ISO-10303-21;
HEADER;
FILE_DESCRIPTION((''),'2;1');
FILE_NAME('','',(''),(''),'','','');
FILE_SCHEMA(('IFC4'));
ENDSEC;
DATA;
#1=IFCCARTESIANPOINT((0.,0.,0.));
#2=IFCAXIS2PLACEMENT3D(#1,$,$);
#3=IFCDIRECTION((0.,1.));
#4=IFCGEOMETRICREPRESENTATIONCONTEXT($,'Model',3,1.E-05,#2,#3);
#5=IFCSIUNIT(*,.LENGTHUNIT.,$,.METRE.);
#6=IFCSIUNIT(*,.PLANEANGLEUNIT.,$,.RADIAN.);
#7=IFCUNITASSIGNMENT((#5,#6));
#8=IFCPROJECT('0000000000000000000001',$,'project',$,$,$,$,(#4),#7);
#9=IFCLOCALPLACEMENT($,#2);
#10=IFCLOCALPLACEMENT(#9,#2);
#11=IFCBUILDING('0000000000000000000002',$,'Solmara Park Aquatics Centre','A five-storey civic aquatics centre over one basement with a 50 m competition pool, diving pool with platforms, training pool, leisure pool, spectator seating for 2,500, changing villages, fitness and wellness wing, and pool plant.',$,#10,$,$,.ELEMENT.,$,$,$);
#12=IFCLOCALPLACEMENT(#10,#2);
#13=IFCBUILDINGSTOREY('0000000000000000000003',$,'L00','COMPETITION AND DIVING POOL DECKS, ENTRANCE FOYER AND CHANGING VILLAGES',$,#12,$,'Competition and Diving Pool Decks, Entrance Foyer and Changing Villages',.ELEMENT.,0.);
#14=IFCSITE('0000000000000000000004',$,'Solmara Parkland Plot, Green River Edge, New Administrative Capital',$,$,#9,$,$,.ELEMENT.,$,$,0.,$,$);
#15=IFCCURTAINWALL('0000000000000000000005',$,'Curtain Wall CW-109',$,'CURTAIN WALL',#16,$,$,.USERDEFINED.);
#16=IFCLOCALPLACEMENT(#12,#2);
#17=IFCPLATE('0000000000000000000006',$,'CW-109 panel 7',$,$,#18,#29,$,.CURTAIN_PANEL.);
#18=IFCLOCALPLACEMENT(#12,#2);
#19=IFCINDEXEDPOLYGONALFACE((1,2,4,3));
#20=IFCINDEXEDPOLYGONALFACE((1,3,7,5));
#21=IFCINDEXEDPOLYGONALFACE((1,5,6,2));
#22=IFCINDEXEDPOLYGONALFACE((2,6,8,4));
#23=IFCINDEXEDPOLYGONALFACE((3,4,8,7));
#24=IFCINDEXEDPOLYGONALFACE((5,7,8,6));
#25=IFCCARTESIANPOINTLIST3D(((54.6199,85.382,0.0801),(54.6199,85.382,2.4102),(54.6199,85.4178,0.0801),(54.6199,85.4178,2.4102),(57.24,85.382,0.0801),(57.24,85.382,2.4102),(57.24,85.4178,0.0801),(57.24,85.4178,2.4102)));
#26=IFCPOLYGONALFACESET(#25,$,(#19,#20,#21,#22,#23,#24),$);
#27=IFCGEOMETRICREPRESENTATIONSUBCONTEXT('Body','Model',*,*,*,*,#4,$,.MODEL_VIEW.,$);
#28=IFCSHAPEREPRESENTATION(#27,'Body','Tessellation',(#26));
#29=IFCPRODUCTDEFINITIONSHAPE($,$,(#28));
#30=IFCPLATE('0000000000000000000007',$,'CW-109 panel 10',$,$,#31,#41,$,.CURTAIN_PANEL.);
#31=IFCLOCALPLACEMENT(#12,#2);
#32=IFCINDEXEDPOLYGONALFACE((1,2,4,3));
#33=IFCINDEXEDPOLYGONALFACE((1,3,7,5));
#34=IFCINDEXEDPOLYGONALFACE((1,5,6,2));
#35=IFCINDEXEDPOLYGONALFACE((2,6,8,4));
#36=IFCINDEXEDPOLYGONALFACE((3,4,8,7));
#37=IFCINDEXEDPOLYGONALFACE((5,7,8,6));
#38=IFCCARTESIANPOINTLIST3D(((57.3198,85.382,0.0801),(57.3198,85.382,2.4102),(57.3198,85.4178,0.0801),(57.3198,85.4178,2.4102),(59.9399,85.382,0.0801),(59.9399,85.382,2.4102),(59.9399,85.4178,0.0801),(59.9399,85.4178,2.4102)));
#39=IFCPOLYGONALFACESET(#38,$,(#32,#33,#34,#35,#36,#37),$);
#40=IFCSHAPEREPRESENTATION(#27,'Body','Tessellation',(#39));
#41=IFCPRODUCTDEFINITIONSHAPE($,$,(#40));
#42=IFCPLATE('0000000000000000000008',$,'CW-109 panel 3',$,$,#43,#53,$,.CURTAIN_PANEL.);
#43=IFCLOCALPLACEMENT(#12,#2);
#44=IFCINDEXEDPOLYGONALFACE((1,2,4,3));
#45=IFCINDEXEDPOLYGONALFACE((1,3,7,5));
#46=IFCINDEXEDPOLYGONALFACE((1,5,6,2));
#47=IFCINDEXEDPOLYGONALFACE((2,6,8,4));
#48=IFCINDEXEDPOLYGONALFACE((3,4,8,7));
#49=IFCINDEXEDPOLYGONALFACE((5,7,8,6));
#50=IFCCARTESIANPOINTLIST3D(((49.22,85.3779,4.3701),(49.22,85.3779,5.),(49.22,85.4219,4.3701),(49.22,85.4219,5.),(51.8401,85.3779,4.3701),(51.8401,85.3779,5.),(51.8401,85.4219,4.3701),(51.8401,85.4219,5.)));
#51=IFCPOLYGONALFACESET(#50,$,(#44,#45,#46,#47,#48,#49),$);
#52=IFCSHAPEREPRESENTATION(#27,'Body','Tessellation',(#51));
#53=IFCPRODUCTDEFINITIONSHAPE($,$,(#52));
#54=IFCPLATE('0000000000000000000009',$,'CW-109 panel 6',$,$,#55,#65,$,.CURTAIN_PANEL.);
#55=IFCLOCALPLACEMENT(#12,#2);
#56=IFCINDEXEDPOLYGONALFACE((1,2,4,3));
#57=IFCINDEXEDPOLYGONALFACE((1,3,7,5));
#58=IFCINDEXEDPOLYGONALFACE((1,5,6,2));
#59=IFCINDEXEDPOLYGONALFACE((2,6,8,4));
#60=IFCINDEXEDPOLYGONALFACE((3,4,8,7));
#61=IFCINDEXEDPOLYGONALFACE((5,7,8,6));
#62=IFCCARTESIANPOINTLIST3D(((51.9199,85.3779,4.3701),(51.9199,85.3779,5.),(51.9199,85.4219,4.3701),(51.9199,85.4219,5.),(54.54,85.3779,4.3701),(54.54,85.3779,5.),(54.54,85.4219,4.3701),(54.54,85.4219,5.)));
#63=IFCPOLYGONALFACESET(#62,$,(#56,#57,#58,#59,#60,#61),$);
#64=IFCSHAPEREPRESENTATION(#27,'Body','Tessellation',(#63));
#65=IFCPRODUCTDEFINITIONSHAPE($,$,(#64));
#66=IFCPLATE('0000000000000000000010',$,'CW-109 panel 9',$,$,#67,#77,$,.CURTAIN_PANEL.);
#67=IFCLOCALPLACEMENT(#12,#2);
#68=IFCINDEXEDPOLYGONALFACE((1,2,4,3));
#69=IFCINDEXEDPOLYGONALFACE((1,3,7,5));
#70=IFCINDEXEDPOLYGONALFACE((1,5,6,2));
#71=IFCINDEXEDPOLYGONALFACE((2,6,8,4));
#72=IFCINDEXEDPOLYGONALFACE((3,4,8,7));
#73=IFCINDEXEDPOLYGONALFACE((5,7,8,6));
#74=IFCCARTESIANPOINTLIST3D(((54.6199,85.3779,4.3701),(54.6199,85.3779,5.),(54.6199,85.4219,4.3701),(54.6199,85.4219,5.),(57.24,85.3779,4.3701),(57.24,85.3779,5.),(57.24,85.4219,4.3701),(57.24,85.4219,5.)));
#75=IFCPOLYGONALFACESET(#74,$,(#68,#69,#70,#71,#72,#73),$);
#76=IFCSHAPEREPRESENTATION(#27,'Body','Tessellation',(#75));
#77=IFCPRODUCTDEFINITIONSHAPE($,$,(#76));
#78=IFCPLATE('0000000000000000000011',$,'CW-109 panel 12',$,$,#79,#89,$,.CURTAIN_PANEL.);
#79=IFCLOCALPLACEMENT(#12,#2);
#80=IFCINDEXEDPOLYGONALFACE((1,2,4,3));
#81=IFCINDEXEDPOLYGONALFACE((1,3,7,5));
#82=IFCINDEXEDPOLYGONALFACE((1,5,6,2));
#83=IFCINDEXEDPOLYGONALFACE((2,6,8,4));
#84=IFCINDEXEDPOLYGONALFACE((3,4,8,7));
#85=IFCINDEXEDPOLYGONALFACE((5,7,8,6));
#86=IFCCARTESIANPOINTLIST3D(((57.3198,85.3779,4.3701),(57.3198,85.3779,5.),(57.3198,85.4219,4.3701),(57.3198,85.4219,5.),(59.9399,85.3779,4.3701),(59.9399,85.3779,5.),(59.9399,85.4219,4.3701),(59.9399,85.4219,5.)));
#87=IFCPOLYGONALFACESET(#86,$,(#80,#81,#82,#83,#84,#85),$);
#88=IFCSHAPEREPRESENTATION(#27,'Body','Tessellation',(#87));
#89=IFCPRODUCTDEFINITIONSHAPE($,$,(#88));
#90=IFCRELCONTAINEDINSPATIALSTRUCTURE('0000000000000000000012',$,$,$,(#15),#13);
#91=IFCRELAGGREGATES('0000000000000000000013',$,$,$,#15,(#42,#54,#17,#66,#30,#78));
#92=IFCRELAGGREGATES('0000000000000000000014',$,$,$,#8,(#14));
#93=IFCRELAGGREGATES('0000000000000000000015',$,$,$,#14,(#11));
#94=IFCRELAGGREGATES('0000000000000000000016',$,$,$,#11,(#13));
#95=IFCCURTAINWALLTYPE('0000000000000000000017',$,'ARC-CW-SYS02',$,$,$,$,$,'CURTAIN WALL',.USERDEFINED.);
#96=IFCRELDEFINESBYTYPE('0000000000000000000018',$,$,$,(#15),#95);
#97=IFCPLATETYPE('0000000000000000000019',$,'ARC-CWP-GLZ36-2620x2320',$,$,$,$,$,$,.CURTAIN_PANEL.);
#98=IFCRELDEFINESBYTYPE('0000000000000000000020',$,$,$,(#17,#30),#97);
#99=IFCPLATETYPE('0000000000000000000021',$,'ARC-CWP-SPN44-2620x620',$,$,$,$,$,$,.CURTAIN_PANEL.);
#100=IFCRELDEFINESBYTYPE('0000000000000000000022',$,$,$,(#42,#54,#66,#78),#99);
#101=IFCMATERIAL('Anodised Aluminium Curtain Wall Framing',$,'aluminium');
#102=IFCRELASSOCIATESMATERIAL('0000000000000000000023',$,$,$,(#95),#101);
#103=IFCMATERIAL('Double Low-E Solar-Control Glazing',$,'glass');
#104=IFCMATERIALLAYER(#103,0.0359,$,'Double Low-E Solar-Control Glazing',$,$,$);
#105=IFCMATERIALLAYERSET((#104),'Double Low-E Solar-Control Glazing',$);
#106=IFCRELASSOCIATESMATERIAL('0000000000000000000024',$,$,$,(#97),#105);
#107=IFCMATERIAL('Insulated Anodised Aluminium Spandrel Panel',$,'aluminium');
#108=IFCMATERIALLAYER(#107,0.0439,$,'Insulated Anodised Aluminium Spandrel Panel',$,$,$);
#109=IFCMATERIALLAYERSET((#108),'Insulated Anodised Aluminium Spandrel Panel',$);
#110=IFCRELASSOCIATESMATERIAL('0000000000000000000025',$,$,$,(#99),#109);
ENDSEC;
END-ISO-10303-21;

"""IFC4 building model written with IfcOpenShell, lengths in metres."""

from ifc_helpers import new_model, si_unit, direction, frame, origin, origin_2d, place, context, subcontext, project, spatial, rectangle, extrude, material, layer, layer_set, type_object, element, aggregate, save


model = new_model("IFC4")

# Units and contexts
model_context = context("Model", 3, precision=1e-05, world=origin(), true_north=direction((0.0, 1.0)))
body_context = subcontext(model_context, "Body", "Model", "MODEL_VIEW")
ifc_project = project(units=[si_unit("LENGTHUNIT", "METRE"), si_unit("PLANEANGLEUNIT", "RADIAN")], contexts=[model_context])

# Site, building, storey
site_placement = place(None, origin())
site = spatial("IfcSite", under=ifc_project, at=site_placement, Name="Solmara Parkland Plot, Green River Edge, New Administrative Capital", CompositionType="ELEMENT", RefElevation=0.0)
building_placement = place(site_placement, origin())
building = spatial("IfcBuilding", under=site, at=building_placement, Name="Solmara Park Aquatics Centre", Description="A five-storey civic aquatics centre over one basement with a 50 m competition pool, diving pool with platforms, training pool, leisure pool, spectator seating for 2,500, changing villages, fitness and wellness wing, and pool plant.", CompositionType="ELEMENT")
storey_placement = place(building_placement, origin())
storey = spatial("IfcBuildingStorey", under=building, at=storey_placement, Name="L00", Description="COMPETITION AND DIVING POOL DECKS, ENTRANCE FOYER AND CHANGING VILLAGES", LongName="Competition and Diving Pool Decks, Entrance Foyer and Changing Villages", CompositionType="ELEMENT", Elevation=0.0)

# Curtain wall
ifc_material_1 = material(Name="Anodised Aluminium Curtain Wall Framing", Category="aluminium")
curtain_wall_type = type_object("IfcCurtainWallType", Name="ARC-CW-SYS02", ElementType="CURTAIN WALL", PredefinedType="USERDEFINED", material=ifc_material_1)
curtain_wall_placement = place(storey_placement, origin())
curtain_wall = element("IfcCurtainWall", 1, at=curtain_wall_placement, inside=storey, type_object=curtain_wall_type, Name="Curtain Wall CW-109", ObjectType="CURTAIN WALL", PredefinedType="USERDEFINED")

# Plates
ifc_material_2 = material(Name="Double Low-E Solar-Control Glazing", Category="glass")
ifc_layer_1 = layer(ifc_material_2, 0.0359, Name="Double Low-E Solar-Control Glazing")
ifc_layer_set_1 = layer_set([ifc_layer_1], Name="Double Low-E Solar-Control Glazing")
plate_type_1 = type_object("IfcPlateType", Name="ARC-CWP-GLZ36-2620x2320", PredefinedType="CURTAIN_PANEL", material=ifc_layer_set_1)
plate_1_placement = place(storey_placement, frame((55.9299, 85.3999, 0.0801), z_axis=(0.0, 0.0, 1.0), x_axis=(1.0, 0.0, 0.0)))
plate_1 = element("IfcPlate", 2, at=plate_1_placement, type_object=plate_type_1, Name="CW-109 panel 7", PredefinedType="CURTAIN_PANEL", context=body_context, shape_type="SweptSolid", body=[
    extrude(rectangle(XDim=2.6201, YDim=0.0359, at=origin_2d()), origin(), (0.0, 0.0, 1.0), 2.3301),
])
plate_2_placement = place(storey_placement, frame((58.6299, 85.3999, 0.0801), z_axis=(0.0, 0.0, 1.0), x_axis=(1.0, 0.0, 0.0)))
plate_2 = element("IfcPlate", 3, at=plate_2_placement, type_object=plate_type_1, Name="CW-109 panel 10", PredefinedType="CURTAIN_PANEL", context=body_context, shape_type="SweptSolid", body=[
    extrude(rectangle(XDim=2.6201, YDim=0.0359, at=origin_2d()), origin(), (0.0, 0.0, 1.0), 2.3301),
])
ifc_material_3 = material(Name="Insulated Anodised Aluminium Spandrel Panel", Category="aluminium")
ifc_layer_2 = layer(ifc_material_3, 0.0439, Name="Insulated Anodised Aluminium Spandrel Panel")
ifc_layer_set_2 = layer_set([ifc_layer_2], Name="Insulated Anodised Aluminium Spandrel Panel")
plate_type_2 = type_object("IfcPlateType", Name="ARC-CWP-SPN44-2620x620", PredefinedType="CURTAIN_PANEL", material=ifc_layer_set_2)
plate_3_placement = place(storey_placement, frame((50.53, 85.3999, 4.3701), z_axis=(0.0, 0.0, 1.0), x_axis=(1.0, 0.0, 0.0)))
plate_3 = element("IfcPlate", 4, at=plate_3_placement, type_object=plate_type_2, Name="CW-109 panel 3", PredefinedType="CURTAIN_PANEL", context=body_context, shape_type="SweptSolid", body=[
    extrude(rectangle(XDim=2.6201, YDim=0.0439, at=origin_2d()), origin(), (0.0, 0.0, 1.0), 0.6299),
])
plate_4_placement = place(storey_placement, frame((53.23, 85.3999, 4.3701), z_axis=(0.0, 0.0, 1.0), x_axis=(1.0, 0.0, 0.0)))
plate_4 = element("IfcPlate", 5, at=plate_4_placement, type_object=plate_type_2, Name="CW-109 panel 6", PredefinedType="CURTAIN_PANEL", context=body_context, shape_type="SweptSolid", body=[
    extrude(rectangle(XDim=2.6201, YDim=0.0439, at=origin_2d()), origin(), (0.0, 0.0, 1.0), 0.6299),
])
plate_5_placement = place(storey_placement, frame((55.9299, 85.3999, 4.3701), z_axis=(0.0, 0.0, 1.0), x_axis=(1.0, 0.0, 0.0)))
plate_5 = element("IfcPlate", 6, at=plate_5_placement, type_object=plate_type_2, Name="CW-109 panel 9", PredefinedType="CURTAIN_PANEL", context=body_context, shape_type="SweptSolid", body=[
    extrude(rectangle(XDim=2.6201, YDim=0.0439, at=origin_2d()), origin(), (0.0, 0.0, 1.0), 0.6299),
])
plate_6_placement = place(storey_placement, frame((58.6299, 85.3999, 4.3701), z_axis=(0.0, 0.0, 1.0), x_axis=(1.0, 0.0, 0.0)))
plate_6 = element("IfcPlate", 7, at=plate_6_placement, type_object=plate_type_2, Name="CW-109 panel 12", PredefinedType="CURTAIN_PANEL", context=body_context, shape_type="SweptSolid", body=[
    extrude(rectangle(XDim=2.6201, YDim=0.0439, at=origin_2d()), origin(), (0.0, 0.0, 1.0), 0.6299),
])
aggregate(curtain_wall, [plate_3, plate_4, plate_1, plate_5, plate_2, plate_6])

save(model, "model.ifc")
